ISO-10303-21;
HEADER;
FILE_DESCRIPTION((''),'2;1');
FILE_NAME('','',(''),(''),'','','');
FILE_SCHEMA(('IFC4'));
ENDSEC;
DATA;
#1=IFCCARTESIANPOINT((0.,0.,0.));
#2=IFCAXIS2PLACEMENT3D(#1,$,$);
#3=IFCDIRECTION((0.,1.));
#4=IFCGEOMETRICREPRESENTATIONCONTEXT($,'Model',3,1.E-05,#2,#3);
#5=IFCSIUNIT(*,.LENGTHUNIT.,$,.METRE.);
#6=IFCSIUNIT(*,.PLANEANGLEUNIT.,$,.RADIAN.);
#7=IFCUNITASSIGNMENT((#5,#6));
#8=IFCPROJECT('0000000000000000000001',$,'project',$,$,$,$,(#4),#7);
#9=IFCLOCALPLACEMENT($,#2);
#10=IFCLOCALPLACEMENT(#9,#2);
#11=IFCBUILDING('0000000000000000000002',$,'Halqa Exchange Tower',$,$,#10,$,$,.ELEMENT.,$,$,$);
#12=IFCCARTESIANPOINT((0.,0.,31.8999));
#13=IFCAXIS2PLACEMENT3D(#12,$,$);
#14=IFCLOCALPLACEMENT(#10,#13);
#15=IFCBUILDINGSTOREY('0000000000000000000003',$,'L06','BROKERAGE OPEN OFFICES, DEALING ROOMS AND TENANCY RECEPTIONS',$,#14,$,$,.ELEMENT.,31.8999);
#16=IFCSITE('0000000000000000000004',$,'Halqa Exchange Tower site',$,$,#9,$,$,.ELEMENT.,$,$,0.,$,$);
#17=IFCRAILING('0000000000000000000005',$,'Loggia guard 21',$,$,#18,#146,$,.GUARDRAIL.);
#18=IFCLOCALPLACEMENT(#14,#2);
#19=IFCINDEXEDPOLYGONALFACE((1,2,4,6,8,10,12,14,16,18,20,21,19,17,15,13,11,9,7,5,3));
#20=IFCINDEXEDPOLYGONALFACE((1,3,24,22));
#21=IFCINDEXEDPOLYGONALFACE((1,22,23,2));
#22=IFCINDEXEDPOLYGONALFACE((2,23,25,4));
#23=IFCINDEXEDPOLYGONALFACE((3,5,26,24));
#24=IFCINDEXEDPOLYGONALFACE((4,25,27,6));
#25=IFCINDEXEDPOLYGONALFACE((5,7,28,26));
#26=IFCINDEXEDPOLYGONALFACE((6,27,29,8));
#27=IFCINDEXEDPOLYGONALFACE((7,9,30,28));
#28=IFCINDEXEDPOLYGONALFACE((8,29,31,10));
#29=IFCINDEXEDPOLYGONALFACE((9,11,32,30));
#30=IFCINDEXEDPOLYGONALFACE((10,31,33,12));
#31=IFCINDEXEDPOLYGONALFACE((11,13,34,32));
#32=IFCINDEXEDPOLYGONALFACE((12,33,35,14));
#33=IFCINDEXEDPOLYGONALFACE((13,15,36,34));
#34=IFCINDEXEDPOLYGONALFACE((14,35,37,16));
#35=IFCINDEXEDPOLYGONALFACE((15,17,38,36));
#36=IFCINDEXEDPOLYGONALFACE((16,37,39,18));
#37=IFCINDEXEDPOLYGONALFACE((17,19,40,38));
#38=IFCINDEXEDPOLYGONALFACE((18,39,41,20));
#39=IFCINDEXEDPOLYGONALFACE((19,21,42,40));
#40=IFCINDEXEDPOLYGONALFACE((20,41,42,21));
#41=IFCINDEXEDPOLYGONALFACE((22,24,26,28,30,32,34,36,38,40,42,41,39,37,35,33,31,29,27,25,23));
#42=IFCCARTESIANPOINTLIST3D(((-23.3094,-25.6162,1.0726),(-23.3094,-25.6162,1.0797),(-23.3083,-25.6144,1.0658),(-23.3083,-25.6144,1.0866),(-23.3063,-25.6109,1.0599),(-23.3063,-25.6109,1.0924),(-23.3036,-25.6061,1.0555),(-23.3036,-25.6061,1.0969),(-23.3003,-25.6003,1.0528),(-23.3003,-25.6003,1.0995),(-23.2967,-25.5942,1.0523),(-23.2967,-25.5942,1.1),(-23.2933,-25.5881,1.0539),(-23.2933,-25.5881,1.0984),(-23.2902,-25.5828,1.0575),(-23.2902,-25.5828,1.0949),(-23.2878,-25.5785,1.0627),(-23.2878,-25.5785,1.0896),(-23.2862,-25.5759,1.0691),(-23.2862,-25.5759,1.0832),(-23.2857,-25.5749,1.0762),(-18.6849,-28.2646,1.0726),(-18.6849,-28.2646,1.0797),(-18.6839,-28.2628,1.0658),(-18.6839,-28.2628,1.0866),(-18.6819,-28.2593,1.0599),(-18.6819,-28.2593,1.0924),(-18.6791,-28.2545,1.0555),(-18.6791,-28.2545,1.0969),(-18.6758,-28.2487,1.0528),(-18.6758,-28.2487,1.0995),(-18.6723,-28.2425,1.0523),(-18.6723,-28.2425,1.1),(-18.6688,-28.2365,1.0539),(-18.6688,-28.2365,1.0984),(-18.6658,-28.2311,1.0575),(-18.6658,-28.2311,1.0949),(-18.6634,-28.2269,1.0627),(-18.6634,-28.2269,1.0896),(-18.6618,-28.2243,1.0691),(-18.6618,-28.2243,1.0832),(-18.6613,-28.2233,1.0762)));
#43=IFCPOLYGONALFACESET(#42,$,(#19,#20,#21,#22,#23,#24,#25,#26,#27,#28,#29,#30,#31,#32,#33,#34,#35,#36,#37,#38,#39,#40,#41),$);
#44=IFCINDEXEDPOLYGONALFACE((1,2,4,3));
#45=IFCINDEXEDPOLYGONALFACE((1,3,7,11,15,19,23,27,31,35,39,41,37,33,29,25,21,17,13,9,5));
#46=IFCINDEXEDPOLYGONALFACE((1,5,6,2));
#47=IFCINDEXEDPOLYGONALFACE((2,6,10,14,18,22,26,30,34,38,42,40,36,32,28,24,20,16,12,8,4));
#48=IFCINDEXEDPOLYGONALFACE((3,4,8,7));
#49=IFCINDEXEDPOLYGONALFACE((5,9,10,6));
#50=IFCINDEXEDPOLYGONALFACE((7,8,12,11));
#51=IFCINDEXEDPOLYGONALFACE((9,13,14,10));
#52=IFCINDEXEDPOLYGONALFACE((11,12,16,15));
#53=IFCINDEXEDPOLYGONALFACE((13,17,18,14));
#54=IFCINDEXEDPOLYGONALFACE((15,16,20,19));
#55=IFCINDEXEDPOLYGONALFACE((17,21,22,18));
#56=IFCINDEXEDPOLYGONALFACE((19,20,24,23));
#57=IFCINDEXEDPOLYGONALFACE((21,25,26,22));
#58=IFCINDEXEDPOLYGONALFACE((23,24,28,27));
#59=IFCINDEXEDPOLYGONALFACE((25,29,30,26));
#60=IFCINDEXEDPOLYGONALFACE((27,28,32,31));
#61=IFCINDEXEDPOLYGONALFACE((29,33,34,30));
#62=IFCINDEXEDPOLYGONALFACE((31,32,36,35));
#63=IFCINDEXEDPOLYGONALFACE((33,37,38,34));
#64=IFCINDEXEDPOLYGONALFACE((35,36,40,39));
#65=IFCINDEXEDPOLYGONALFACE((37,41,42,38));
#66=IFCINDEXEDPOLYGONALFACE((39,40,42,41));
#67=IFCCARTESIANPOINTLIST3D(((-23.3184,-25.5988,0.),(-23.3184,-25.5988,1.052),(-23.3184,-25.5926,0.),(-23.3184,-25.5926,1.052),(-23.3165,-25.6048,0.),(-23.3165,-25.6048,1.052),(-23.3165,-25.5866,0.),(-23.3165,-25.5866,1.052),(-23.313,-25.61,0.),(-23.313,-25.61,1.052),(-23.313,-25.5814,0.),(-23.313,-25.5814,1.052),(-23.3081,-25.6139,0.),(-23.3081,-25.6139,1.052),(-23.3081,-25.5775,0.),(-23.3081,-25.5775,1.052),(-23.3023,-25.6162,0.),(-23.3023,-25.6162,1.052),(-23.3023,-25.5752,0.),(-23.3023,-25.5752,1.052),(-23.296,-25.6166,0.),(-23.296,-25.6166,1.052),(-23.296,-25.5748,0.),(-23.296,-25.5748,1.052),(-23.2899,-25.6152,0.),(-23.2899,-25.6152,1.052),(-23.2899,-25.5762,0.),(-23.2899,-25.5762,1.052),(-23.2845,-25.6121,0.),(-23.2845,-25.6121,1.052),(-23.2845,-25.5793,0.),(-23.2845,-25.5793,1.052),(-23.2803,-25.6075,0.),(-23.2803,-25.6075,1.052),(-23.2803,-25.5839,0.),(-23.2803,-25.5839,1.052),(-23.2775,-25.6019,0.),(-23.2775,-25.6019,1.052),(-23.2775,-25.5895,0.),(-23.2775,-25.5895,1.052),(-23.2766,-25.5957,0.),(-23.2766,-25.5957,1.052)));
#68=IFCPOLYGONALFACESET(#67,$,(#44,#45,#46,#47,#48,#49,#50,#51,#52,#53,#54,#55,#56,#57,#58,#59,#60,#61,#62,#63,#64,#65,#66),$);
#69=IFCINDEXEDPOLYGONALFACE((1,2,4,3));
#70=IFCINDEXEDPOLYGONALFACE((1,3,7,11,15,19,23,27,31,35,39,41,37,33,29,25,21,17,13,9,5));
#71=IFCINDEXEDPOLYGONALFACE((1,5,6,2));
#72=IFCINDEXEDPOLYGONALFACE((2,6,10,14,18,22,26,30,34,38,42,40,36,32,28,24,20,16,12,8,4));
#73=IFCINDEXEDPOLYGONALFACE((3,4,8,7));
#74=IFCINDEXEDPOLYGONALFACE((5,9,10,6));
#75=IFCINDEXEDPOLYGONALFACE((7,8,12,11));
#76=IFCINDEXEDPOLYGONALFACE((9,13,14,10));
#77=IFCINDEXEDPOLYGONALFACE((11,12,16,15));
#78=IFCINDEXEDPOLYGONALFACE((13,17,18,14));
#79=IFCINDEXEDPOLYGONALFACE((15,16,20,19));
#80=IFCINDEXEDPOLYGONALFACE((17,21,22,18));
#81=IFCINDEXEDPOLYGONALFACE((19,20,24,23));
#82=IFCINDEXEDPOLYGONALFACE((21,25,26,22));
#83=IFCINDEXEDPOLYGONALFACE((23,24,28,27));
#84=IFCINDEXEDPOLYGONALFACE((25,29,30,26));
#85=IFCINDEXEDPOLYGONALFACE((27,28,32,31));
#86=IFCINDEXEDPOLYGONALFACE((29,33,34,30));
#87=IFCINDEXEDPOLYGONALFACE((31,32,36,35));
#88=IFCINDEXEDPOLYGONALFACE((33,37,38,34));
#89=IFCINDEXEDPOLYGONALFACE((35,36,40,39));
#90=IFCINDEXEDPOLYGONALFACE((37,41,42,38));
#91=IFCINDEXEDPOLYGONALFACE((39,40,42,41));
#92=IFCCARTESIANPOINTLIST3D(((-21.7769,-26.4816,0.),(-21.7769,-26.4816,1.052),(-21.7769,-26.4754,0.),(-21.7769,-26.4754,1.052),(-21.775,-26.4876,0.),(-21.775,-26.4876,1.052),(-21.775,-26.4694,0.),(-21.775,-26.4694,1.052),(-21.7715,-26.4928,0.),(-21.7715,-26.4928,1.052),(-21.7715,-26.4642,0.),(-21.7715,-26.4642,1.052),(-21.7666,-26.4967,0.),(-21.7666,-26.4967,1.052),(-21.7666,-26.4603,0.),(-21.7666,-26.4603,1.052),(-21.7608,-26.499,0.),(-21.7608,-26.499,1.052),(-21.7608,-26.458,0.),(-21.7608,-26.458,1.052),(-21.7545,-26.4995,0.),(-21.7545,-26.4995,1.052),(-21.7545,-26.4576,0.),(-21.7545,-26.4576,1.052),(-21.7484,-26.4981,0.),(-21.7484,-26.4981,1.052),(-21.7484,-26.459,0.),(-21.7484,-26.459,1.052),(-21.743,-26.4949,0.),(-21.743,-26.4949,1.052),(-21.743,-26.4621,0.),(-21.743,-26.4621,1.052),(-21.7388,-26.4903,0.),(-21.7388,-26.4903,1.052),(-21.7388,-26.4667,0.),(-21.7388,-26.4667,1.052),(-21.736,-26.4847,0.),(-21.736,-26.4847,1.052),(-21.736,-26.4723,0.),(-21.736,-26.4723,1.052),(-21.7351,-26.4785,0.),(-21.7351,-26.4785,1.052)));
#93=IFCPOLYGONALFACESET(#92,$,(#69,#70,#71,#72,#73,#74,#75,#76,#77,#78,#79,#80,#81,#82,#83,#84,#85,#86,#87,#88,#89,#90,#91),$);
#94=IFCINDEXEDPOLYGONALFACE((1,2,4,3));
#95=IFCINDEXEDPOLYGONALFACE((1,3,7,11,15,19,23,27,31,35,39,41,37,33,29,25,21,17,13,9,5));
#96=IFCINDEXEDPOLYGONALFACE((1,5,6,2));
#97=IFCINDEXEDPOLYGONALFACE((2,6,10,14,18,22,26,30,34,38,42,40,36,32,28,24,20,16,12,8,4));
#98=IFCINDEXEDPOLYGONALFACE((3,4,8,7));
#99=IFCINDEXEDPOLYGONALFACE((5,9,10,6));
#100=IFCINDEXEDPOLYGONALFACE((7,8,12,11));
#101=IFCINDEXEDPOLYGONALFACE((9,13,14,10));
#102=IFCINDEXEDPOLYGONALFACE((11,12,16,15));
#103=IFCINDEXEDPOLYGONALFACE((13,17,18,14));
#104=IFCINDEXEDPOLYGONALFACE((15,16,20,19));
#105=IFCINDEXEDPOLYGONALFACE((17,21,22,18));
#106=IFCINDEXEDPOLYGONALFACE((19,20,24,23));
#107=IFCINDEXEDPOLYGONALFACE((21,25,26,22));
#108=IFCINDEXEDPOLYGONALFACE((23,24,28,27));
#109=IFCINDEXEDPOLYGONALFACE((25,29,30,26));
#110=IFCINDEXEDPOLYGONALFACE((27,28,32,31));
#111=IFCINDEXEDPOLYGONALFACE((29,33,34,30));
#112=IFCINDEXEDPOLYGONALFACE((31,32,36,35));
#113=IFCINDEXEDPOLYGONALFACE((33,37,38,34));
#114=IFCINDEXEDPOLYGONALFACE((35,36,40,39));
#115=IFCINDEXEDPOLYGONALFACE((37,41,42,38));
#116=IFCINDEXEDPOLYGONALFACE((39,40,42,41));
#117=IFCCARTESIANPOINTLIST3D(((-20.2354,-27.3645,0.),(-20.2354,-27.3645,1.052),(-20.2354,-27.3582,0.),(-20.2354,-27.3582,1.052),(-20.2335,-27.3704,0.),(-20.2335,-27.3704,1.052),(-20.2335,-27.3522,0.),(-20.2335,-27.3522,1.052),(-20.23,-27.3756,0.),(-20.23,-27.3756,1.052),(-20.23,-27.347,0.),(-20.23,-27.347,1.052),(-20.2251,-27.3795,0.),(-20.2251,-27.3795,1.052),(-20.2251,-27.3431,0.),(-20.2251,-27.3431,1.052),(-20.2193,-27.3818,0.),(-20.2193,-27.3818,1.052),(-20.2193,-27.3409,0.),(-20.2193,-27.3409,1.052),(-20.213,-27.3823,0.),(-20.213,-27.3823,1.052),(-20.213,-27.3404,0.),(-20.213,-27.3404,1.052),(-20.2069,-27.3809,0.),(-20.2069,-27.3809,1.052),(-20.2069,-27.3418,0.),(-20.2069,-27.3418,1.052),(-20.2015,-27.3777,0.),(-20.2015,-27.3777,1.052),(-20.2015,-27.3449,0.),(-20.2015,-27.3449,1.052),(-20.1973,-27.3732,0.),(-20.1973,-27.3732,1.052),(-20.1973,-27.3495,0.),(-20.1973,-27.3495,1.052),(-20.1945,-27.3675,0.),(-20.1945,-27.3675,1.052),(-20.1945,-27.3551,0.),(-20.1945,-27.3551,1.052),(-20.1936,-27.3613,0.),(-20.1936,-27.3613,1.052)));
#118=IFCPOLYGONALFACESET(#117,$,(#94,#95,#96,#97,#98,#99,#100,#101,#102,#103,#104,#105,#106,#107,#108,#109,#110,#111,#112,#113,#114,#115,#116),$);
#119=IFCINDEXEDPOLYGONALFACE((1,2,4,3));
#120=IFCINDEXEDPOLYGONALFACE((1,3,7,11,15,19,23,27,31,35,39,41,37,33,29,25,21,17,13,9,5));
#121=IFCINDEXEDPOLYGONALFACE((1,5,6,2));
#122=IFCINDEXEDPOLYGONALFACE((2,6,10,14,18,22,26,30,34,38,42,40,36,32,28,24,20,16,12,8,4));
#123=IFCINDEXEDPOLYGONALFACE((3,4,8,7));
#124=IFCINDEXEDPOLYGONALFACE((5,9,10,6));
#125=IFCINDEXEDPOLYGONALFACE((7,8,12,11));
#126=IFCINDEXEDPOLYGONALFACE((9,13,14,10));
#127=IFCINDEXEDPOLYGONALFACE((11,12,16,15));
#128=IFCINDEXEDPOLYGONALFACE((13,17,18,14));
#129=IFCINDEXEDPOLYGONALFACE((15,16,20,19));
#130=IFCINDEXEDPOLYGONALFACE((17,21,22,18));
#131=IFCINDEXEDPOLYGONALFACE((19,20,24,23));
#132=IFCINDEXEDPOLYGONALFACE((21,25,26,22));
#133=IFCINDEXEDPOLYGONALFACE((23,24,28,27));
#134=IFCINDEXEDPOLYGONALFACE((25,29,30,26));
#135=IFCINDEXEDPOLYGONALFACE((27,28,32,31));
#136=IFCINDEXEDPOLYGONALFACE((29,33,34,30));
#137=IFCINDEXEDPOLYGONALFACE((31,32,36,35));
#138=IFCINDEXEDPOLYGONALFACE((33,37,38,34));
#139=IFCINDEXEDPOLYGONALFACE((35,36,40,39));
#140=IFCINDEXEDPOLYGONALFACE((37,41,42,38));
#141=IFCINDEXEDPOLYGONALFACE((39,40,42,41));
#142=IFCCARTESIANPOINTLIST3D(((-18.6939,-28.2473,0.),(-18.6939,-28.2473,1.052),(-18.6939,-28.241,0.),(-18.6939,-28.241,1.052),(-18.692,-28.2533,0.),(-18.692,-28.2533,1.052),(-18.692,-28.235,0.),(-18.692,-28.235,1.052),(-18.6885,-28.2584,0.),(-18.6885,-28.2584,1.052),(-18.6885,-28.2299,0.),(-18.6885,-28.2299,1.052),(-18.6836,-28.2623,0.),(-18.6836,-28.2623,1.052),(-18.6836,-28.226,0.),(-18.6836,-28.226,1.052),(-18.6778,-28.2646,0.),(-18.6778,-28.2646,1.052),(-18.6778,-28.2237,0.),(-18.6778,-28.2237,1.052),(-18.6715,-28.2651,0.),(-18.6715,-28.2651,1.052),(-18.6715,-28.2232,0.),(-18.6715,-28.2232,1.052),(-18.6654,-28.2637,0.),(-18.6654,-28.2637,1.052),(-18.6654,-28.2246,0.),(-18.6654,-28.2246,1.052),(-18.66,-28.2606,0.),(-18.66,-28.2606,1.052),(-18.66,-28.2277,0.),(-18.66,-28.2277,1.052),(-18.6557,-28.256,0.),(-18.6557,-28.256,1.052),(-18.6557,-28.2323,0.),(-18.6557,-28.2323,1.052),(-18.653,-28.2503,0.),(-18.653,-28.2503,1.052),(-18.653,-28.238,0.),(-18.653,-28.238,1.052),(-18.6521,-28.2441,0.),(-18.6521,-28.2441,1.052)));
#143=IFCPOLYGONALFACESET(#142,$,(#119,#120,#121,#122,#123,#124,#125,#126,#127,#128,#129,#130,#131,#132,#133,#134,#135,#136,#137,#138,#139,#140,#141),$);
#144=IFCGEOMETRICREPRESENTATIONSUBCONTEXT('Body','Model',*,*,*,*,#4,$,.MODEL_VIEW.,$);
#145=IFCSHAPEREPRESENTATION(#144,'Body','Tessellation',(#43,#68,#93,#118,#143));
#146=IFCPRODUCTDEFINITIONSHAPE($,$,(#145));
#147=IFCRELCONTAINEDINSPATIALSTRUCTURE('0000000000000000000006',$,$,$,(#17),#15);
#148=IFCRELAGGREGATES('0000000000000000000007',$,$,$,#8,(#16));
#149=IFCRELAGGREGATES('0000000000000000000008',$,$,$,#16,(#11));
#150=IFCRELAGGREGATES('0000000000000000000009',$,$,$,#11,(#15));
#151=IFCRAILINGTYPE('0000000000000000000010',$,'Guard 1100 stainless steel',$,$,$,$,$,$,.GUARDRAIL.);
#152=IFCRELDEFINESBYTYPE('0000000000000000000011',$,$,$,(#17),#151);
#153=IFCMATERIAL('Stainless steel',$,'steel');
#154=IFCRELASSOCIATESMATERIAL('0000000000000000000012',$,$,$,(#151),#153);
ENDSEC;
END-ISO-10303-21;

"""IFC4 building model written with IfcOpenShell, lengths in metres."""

from ifc_helpers import new_model, si_unit, direction, frame, origin, origin_2d, place, context, subcontext, project, spatial, circle, extrude, material, type_object, element, save


model = new_model("IFC4")

# Units and contexts
model_context = context("Model", 3, precision=1e-05, world=origin(), true_north=direction((0.0, 1.0)))
body_context = subcontext(model_context, "Body", "Model", "MODEL_VIEW")
ifc_project = project(units=[si_unit("LENGTHUNIT", "METRE"), si_unit("PLANEANGLEUNIT", "RADIAN")], contexts=[model_context])

# Site, building, storey
site_placement = place(None, origin())
site = spatial("IfcSite", under=ifc_project, at=site_placement, Name="Halqa Exchange Tower site", CompositionType="ELEMENT", RefElevation=0.0)
building_placement = place(site_placement, origin())
building = spatial("IfcBuilding", under=site, at=building_placement, Name="Halqa Exchange Tower", CompositionType="ELEMENT")
storey_placement = place(building_placement, frame((0.0, 0.0, 31.8999)))
storey = spatial("IfcBuildingStorey", under=building, at=storey_placement, Name="L06", Description="BROKERAGE OPEN OFFICES, DEALING ROOMS AND TENANCY RECEPTIONS", CompositionType="ELEMENT", Elevation=31.8999)

# Railing
ifc_material_1 = material(Name="Stainless steel", Category="steel")
railing_type = type_object("IfcRailingType", Name="Guard 1100 stainless steel", PredefinedType="GUARDRAIL", material=ifc_material_1)
railing_1_placement = place(storey_placement, frame((-23.2976, -25.5957, 0.0)))
element("IfcRailing", 1, at=railing_1_placement, inside=storey, type_object=railing_type, Name="Loggia guard 21", PredefinedType="GUARDRAIL", context=body_context, shape_type="SweptSolid", body=[
    extrude(circle(Radius=0.0239, at=origin_2d()), frame((0.0, 0.0, 1.0762), z_axis=(0.867769, -0.496968, 0.0), x_axis=(0.496968, 0.867769, 0.0)), (0.0, 0.0, 1.0), 5.3291),
    extrude(circle(Radius=0.021, at=origin_2d()), origin(), (0.0, 0.0, 1.0), 1.052),
    extrude(circle(Radius=0.021, at=origin_2d()), frame((1.5415, -0.8828, 0.0)), (0.0, 0.0, 1.0), 1.052),
    extrude(circle(Radius=0.021, at=origin_2d()), frame((3.083, -1.7656, 0.0)), (0.0, 0.0, 1.0), 1.052),
    extrude(circle(Radius=0.021, at=origin_2d()), frame((4.6245, -2.6484, 0.0)), (0.0, 0.0, 1.0), 1.052),
])

save(model, "model.ifc")
